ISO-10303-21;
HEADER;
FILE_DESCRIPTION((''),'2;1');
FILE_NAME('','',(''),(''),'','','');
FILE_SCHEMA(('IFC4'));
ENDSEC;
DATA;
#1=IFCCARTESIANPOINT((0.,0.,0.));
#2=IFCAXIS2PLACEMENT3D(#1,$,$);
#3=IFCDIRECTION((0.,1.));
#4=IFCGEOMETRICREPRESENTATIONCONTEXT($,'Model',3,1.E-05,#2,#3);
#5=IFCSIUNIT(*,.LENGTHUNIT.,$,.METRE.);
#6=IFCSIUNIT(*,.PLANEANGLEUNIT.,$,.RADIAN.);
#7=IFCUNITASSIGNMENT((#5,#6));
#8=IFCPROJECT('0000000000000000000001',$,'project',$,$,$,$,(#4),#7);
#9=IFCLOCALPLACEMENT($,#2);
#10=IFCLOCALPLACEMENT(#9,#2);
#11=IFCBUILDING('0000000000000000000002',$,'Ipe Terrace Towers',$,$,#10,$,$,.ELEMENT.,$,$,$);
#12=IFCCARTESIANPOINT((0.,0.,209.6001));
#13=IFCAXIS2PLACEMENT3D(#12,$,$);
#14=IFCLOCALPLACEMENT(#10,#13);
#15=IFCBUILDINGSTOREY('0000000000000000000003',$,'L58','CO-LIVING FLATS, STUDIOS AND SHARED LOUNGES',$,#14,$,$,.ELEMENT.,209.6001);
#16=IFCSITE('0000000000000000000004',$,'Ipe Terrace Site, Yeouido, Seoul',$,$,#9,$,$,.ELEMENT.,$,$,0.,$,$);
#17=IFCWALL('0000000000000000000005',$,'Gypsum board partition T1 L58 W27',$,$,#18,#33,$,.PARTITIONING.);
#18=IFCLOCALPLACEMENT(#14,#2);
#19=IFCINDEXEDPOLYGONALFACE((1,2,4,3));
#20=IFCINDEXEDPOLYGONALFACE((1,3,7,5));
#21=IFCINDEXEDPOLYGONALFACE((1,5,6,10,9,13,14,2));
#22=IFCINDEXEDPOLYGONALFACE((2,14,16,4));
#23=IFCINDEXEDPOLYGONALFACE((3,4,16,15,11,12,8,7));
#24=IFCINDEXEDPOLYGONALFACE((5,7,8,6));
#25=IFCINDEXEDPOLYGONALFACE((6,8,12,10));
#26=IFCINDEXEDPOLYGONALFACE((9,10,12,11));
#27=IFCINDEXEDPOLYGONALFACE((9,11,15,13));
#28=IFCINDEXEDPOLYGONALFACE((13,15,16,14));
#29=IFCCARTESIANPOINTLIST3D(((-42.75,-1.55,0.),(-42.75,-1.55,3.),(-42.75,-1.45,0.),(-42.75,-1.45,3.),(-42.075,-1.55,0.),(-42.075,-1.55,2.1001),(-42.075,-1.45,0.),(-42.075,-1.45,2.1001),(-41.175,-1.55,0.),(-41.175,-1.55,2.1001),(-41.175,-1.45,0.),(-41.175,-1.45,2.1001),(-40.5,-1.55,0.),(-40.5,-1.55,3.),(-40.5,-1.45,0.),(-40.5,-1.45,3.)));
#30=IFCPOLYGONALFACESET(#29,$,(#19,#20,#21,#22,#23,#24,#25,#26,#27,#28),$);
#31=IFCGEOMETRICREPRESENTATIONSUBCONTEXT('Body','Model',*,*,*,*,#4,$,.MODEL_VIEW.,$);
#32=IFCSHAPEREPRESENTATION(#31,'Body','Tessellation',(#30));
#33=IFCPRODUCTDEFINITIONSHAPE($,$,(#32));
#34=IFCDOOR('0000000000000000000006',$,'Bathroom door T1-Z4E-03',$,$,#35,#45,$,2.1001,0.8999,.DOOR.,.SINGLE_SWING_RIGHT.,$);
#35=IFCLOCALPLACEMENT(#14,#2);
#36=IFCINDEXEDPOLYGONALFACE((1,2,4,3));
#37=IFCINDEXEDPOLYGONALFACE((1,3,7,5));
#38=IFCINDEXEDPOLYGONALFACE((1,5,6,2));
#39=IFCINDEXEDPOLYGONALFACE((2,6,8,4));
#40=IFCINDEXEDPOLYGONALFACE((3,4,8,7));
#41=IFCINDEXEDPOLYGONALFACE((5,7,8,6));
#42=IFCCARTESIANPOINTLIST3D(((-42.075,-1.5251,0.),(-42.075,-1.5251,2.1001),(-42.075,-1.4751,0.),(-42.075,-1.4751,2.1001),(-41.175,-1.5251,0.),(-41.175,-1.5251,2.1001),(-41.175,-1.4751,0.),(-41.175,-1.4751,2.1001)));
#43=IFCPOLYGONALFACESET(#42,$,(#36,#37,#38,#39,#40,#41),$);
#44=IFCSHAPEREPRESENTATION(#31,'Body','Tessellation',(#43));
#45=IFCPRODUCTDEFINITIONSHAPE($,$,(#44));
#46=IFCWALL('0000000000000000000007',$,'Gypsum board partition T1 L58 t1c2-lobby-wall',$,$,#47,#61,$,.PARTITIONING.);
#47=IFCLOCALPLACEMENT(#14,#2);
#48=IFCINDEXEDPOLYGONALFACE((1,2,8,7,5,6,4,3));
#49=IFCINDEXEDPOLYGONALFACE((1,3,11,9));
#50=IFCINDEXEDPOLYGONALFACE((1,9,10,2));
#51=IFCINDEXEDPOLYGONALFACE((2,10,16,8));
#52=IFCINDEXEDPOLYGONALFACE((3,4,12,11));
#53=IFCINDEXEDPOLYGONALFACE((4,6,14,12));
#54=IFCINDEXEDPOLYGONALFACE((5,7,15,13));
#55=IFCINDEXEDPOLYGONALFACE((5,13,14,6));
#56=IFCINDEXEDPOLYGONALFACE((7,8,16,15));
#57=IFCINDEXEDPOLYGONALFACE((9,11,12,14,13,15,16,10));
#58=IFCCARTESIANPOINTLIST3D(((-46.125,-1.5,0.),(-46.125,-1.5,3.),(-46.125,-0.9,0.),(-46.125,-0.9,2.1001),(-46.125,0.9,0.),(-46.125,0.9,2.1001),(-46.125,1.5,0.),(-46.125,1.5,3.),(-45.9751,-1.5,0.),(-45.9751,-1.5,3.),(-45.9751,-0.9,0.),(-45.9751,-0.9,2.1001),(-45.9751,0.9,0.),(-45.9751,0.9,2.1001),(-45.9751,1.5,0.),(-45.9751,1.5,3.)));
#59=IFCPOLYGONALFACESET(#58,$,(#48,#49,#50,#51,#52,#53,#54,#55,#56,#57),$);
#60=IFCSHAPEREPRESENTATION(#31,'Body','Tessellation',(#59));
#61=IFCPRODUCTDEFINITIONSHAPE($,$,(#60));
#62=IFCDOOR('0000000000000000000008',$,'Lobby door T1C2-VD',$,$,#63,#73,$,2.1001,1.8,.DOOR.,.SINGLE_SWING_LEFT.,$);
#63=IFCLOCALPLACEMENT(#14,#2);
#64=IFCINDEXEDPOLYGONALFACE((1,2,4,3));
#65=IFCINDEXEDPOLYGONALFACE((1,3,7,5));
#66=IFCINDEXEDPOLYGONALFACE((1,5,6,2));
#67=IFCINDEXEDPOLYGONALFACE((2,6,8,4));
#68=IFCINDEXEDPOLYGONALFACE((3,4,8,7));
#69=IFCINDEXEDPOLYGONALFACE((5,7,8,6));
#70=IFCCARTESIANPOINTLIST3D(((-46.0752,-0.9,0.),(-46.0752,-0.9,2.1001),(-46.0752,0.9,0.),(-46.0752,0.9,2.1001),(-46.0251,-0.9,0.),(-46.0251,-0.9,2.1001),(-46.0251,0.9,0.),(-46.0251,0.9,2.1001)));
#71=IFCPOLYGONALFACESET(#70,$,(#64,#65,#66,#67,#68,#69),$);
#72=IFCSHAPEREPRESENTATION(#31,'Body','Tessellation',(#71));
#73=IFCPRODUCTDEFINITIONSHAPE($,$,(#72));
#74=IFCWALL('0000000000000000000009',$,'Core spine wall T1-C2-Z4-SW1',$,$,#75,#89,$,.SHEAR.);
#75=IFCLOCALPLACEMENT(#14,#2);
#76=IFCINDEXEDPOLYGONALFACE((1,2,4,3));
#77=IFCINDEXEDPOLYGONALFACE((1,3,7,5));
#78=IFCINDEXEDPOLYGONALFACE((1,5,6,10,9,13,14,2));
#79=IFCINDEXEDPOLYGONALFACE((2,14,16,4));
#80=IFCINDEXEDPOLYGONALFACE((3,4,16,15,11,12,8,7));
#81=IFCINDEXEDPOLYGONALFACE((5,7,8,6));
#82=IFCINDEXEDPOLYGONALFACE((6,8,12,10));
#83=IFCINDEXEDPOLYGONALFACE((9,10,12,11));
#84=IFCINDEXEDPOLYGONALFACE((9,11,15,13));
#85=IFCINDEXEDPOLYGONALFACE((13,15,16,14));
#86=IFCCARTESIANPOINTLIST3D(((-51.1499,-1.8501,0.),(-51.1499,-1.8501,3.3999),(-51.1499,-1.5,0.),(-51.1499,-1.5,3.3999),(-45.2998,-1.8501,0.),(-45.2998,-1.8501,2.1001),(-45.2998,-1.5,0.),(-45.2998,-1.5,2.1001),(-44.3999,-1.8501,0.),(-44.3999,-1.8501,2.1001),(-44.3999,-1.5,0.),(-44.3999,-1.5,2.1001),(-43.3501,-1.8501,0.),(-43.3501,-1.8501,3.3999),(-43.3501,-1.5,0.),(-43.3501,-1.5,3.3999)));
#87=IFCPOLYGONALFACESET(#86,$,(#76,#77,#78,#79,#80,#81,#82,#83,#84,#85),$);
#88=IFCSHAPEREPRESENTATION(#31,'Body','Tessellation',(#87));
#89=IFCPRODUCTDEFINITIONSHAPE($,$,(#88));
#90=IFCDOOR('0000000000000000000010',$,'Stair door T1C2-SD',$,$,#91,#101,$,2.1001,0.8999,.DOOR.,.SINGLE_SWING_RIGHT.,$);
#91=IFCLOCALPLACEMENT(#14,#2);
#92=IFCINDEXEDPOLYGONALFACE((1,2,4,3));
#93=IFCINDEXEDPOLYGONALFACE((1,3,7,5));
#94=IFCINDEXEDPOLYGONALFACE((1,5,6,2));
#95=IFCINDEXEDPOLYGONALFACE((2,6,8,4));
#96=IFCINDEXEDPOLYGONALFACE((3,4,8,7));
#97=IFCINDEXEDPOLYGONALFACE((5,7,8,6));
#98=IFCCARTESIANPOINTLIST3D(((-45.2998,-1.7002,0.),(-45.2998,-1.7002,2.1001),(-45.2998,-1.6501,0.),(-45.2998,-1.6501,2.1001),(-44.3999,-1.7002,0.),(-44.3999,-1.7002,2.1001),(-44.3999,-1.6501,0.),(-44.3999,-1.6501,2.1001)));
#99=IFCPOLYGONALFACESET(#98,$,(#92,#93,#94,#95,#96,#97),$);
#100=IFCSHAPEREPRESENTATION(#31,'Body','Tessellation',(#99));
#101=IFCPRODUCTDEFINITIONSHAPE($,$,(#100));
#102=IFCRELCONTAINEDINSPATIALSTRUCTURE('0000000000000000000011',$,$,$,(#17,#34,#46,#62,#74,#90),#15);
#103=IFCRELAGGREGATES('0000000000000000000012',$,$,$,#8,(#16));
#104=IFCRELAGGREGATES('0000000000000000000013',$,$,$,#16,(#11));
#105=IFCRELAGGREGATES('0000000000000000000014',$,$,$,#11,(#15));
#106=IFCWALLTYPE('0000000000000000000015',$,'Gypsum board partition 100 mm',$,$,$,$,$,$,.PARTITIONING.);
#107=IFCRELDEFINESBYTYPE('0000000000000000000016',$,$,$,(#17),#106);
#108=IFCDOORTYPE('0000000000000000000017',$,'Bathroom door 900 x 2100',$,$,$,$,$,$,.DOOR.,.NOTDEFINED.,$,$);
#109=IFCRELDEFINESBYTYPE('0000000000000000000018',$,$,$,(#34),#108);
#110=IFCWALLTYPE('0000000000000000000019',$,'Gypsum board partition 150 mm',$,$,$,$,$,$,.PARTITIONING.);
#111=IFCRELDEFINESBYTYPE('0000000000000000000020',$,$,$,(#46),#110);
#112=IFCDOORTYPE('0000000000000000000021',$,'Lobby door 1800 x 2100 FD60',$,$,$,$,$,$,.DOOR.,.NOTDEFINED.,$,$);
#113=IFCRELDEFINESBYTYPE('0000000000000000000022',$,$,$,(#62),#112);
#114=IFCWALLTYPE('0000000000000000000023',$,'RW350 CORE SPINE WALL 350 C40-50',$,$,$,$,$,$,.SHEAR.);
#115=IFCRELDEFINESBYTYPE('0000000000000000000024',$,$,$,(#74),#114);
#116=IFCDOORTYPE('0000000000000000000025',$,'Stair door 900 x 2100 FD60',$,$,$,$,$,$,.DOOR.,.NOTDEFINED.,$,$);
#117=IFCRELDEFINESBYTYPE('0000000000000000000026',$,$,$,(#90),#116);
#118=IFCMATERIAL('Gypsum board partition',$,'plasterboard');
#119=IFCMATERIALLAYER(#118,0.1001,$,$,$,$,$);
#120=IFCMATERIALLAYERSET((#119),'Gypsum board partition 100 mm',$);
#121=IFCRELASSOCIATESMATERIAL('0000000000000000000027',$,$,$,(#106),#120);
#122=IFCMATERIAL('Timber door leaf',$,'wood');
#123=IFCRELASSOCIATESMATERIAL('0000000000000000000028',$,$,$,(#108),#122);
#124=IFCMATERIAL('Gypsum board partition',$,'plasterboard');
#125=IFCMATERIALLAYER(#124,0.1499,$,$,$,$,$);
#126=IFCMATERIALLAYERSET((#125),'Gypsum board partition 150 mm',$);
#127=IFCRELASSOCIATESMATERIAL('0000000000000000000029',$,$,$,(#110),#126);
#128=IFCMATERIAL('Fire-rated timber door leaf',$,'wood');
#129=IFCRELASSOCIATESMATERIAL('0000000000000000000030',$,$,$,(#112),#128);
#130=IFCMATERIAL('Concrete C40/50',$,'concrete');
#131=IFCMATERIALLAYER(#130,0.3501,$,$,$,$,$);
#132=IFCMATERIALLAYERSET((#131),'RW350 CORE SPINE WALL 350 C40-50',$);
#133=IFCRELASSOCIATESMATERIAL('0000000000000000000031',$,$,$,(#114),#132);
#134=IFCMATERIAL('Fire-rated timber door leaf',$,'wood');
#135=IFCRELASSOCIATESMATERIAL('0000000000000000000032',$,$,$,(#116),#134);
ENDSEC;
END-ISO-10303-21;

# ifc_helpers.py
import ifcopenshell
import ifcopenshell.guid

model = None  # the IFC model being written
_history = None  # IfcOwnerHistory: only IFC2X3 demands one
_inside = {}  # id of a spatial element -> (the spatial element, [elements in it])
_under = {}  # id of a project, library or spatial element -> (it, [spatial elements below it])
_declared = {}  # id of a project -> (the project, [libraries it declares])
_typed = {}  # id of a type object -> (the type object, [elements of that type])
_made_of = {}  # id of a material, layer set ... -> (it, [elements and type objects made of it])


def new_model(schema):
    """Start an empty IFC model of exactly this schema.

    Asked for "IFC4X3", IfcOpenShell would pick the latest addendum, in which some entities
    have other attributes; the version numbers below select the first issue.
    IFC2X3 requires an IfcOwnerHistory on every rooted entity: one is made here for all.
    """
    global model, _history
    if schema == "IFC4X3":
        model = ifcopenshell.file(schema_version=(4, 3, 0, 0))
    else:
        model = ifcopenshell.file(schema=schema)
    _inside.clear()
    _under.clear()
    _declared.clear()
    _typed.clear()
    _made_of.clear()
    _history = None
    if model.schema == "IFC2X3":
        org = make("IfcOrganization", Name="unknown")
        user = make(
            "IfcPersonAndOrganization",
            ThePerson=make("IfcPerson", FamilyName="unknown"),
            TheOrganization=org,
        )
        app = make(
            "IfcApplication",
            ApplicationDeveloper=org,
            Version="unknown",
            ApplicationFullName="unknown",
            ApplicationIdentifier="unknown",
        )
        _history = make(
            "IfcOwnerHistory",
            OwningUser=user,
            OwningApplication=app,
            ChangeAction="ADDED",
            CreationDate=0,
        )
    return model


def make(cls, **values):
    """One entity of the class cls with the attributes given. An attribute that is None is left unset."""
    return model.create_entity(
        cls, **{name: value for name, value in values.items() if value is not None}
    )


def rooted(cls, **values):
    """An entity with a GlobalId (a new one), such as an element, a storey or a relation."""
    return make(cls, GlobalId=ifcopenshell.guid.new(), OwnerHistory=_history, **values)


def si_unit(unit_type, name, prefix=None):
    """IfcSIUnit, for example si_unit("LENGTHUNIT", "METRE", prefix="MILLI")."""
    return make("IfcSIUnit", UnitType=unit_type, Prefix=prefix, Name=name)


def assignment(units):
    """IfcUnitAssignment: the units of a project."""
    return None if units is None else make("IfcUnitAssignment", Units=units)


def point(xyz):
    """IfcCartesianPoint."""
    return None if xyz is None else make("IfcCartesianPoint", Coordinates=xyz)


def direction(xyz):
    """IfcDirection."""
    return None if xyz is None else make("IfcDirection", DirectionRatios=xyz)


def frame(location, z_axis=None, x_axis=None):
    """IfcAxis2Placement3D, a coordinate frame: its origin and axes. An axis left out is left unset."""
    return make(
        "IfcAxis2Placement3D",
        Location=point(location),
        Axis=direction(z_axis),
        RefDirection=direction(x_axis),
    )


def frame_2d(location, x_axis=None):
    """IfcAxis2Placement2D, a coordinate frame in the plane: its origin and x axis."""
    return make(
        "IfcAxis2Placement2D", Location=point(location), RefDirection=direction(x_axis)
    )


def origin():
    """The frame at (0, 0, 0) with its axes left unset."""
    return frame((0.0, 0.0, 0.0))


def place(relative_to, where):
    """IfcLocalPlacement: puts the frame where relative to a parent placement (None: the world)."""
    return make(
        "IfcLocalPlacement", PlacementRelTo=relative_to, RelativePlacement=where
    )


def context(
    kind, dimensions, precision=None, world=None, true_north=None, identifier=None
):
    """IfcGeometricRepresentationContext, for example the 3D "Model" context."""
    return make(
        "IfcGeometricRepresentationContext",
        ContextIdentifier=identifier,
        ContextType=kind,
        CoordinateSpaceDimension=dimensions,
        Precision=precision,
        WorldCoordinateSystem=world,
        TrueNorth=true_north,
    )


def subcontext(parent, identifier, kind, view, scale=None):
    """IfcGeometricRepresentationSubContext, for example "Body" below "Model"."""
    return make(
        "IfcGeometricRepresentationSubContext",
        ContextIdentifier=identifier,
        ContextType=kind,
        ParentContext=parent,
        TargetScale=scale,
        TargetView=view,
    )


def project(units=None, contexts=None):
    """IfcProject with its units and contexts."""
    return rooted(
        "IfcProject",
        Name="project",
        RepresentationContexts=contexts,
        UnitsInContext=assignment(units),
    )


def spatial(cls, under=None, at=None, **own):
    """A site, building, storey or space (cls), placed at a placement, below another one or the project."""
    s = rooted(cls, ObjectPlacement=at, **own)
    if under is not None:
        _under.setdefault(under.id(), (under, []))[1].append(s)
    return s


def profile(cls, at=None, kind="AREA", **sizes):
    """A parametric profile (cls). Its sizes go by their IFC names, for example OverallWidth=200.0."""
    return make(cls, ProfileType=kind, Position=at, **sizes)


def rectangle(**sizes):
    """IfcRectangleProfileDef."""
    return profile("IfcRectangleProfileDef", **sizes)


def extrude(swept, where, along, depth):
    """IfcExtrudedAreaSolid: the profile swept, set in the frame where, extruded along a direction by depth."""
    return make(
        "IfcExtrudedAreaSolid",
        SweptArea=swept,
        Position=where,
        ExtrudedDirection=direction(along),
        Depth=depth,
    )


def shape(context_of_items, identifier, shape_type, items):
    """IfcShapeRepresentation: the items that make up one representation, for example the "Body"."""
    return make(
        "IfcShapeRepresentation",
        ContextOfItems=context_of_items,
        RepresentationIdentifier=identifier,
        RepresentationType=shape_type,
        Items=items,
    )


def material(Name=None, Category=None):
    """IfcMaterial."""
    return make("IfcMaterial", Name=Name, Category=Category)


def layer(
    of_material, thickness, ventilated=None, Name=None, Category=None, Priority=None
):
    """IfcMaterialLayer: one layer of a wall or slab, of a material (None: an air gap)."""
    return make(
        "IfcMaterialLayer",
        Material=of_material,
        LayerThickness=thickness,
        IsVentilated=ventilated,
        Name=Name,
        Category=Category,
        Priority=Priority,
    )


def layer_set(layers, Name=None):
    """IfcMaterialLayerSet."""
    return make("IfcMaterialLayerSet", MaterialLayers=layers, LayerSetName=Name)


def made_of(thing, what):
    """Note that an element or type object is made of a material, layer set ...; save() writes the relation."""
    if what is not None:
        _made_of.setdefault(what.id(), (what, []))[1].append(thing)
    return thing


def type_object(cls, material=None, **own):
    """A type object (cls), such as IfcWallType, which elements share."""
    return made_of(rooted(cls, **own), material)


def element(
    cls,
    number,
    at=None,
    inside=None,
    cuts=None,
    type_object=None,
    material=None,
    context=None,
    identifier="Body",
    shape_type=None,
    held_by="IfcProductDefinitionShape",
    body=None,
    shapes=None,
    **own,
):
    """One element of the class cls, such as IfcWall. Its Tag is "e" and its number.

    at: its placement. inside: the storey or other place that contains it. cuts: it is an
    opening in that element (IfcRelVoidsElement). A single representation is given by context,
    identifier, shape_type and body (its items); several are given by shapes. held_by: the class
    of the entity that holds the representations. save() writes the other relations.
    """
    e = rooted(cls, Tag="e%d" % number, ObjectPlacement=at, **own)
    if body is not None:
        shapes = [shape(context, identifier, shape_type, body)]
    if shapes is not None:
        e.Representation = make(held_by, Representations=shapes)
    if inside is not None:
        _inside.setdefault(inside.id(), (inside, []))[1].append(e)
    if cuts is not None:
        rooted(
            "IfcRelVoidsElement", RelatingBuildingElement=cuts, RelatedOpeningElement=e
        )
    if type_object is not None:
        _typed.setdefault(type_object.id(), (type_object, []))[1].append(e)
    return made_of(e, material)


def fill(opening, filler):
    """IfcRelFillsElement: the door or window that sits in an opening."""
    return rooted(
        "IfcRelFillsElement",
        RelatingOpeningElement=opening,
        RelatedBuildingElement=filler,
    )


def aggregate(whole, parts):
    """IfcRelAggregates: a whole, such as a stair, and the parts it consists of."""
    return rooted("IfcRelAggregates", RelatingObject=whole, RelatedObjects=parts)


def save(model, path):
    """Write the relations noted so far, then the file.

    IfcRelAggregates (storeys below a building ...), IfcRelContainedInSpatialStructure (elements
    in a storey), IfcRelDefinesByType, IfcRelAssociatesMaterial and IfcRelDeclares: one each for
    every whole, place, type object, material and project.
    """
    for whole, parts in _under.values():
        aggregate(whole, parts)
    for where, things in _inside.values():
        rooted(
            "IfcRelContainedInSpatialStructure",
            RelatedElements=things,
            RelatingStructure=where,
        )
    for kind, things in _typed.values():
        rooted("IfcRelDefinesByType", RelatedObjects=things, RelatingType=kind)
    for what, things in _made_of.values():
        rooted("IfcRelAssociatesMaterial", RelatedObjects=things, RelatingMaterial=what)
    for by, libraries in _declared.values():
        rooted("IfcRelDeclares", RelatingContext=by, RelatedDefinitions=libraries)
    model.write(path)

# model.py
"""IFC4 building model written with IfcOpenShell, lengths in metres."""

from ifc_helpers import new_model, si_unit, direction, frame, frame_2d, origin, place, context, subcontext, project, spatial, rectangle, extrude, material, layer, layer_set, type_object, element, fill, save


model = new_model("IFC4")

# Units and contexts
model_context = context("Model", 3, precision=1e-05, world=origin(), true_north=direction((0.0, 1.0)))
body_context = subcontext(model_context, "Body", "Model", "MODEL_VIEW")
ifc_project = project(units=[si_unit("LENGTHUNIT", "METRE"), si_unit("PLANEANGLEUNIT", "RADIAN")], contexts=[model_context])

# Site, building, storey
site_placement = place(None, origin())
site = spatial("IfcSite", under=ifc_project, at=site_placement, Name="Ipe Terrace Site, Yeouido, Seoul", CompositionType="ELEMENT", RefElevation=0.0)
building_placement = place(site_placement, origin())
building = spatial("IfcBuilding", under=site, at=building_placement, Name="Ipe Terrace Towers", CompositionType="ELEMENT")
storey_placement = place(building_placement, frame((0.0, 0.0, 209.6001)))
storey = spatial("IfcBuildingStorey", under=building, at=storey_placement, Name="L58", Description="CO-LIVING FLATS, STUDIOS AND SHARED LOUNGES", CompositionType="ELEMENT", Elevation=209.6001)

# Walls, openings, doors
ifc_material_1 = material(Name="Gypsum board partition", Category="plasterboard")
ifc_layer_1 = layer(ifc_material_1, 0.1001)
ifc_layer_set_1 = layer_set([ifc_layer_1], Name="Gypsum board partition 100 mm")
wall_type_1 = type_object("IfcWallType", Name="Gypsum board partition 100 mm", PredefinedType="PARTITIONING", material=ifc_layer_set_1)
wall_1_placement = place(storey_placement, frame((-42.75, -1.5, 0.0), z_axis=(0.0, 0.0, 1.0), x_axis=(1.0, 0.0, 0.0)))
wall_1 = element("IfcWall", 1, at=wall_1_placement, inside=storey, type_object=wall_type_1, Name="Gypsum board partition T1 L58 W27", PredefinedType="PARTITIONING", context=body_context, shape_type="SweptSolid", body=[
    extrude(rectangle(XDim=2.25, YDim=0.1001, at=frame_2d((1.125, 0.0))), origin(), (0.0, 0.0, 1.0), 3.0),
])
opening_1_placement = place(wall_1_placement, frame((0.675, 0.0, 0.0)))
opening_1 = element("IfcOpeningElement", 2, at=opening_1_placement, cuts=wall_1, PredefinedType="OPENING", context=body_context, shape_type="SweptSolid", body=[
    extrude(rectangle(XDim=0.8999, YDim=2.1001, at=frame_2d((0.45, 1.05))), frame((0.0, 0.0601, 0.0), z_axis=(0.0, -1.0, 0.0), x_axis=(1.0, 0.0, 0.0)), (0.0, 0.0, 1.0), 0.1201),
])
ifc_material_2 = material(Name="Timber door leaf", Category="wood")
door_type_1 = type_object("IfcDoorType", Name="Bathroom door 900 x 2100", OperationType="NOTDEFINED", PredefinedType="DOOR", material=ifc_material_2)
door_1_placement = place(opening_1_placement, origin())
door_1 = element("IfcDoor", 3, at=door_1_placement, inside=storey, type_object=door_type_1, Name="Bathroom door T1-Z4E-03", OperationType="SINGLE_SWING_RIGHT", OverallHeight=2.1001, OverallWidth=0.8999, PredefinedType="DOOR", context=body_context, shape_type="SweptSolid", body=[
    extrude(rectangle(XDim=0.8999, YDim=2.1001, at=frame_2d((0.45, 1.05))), frame((0.0, 0.0249, 0.0), z_axis=(0.0, -1.0, 0.0), x_axis=(1.0, 0.0, 0.0)), (0.0, 0.0, 1.0), 0.05),
])
fill(opening_1, door_1)
ifc_material_3 = material(Name="Gypsum board partition", Category="plasterboard")
ifc_layer_2 = layer(ifc_material_3, 0.1499)
ifc_layer_set_2 = layer_set([ifc_layer_2], Name="Gypsum board partition 150 mm")
wall_type_2 = type_object("IfcWallType", Name="Gypsum board partition 150 mm", PredefinedType="PARTITIONING", material=ifc_layer_set_2)
wall_2_placement = place(storey_placement, frame((-46.05, 1.5, 0.0), z_axis=(0.0, 0.0, 1.0), x_axis=(0.0, -1.0, 0.0)))
wall_2 = element("IfcWall", 4, at=wall_2_placement, inside=storey, type_object=wall_type_2, Name="Gypsum board partition T1 L58 t1c2-lobby-wall", PredefinedType="PARTITIONING", context=body_context, shape_type="SweptSolid", body=[
    extrude(rectangle(XDim=3.0, YDim=0.1499, at=frame_2d((1.5, 0.0))), origin(), (0.0, 0.0, 1.0), 3.0),
])
opening_2_placement = place(wall_2_placement, frame((0.6001, 0.0, 0.0)))
opening_2 = element("IfcOpeningElement", 5, at=opening_2_placement, cuts=wall_2, PredefinedType="OPENING", context=body_context, shape_type="SweptSolid", body=[
    extrude(rectangle(XDim=1.8, YDim=2.1001, at=frame_2d((0.8999, 1.05))), frame((0.0, 0.085, 0.0), z_axis=(0.0, -1.0, 0.0), x_axis=(1.0, 0.0, 0.0)), (0.0, 0.0, 1.0), 0.1699),
])
ifc_material_4 = material(Name="Fire-rated timber door leaf", Category="wood")
door_type_2 = type_object("IfcDoorType", Name="Lobby door 1800 x 2100 FD60", OperationType="NOTDEFINED", PredefinedType="DOOR", material=ifc_material_4)
door_2_placement = place(opening_2_placement, origin())
door_2 = element("IfcDoor", 6, at=door_2_placement, inside=storey, type_object=door_type_2, Name="Lobby door T1C2-VD", OperationType="SINGLE_SWING_LEFT", OverallHeight=2.1001, OverallWidth=1.8, PredefinedType="DOOR", context=body_context, shape_type="SweptSolid", body=[
    extrude(rectangle(XDim=1.8, YDim=2.1001, at=frame_2d((0.8999, 1.05))), frame((0.0, 0.0249, 0.0), z_axis=(0.0, -1.0, 0.0), x_axis=(1.0, 0.0, 0.0)), (0.0, 0.0, 1.0), 0.05),
])
fill(opening_2, door_2)
ifc_material_5 = material(Name="Concrete C40/50", Category="concrete")
ifc_layer_3 = layer(ifc_material_5, 0.3501)
ifc_layer_set_3 = layer_set([ifc_layer_3], Name="RW350 CORE SPINE WALL 350 C40-50")
wall_type_3 = type_object("IfcWallType", Name="RW350 CORE SPINE WALL 350 C40-50", PredefinedType="SHEAR", material=ifc_layer_set_3)
wall_3_placement = place(storey_placement, frame((-51.1499, -1.675, 0.0), z_axis=(0.0, 0.0, 1.0), x_axis=(1.0, 0.0, 0.0)))
wall_3 = element("IfcWall", 7, at=wall_3_placement, inside=storey, type_object=wall_type_3, Name="Core spine wall T1-C2-Z4-SW1", PredefinedType="SHEAR", context=body_context, shape_type="SweptSolid", body=[
    extrude(rectangle(XDim=7.7998, YDim=0.3501, at=frame_2d((3.8999, 0.0))), origin(), (0.0, 0.0, 1.0), 3.3999),
])
opening_3_placement = place(wall_3_placement, frame((5.8501, 0.0, 0.0)))
opening_3 = element("IfcOpeningElement", 8, at=opening_3_placement, cuts=wall_3, PredefinedType="OPENING", context=body_context, shape_type="SweptSolid", body=[
    extrude(rectangle(XDim=0.8999, YDim=2.1001, at=frame_2d((0.45, 1.05))), frame((0.0, 0.1851, 0.0), z_axis=(0.0, -1.0, 0.0), x_axis=(1.0, 0.0, 0.0)), (0.0, 0.0, 1.0), 0.3701),
])
ifc_material_6 = material(Name="Fire-rated timber door leaf", Category="wood")
door_type_3 = type_object("IfcDoorType", Name="Stair door 900 x 2100 FD60", OperationType="NOTDEFINED", PredefinedType="DOOR", material=ifc_material_6)
door_3_placement = place(opening_3_placement, origin())
door_3 = element("IfcDoor", 9, at=door_3_placement, inside=storey, type_object=door_type_3, Name="Stair door T1C2-SD", OperationType="SINGLE_SWING_RIGHT", OverallHeight=2.1001, OverallWidth=0.8999, PredefinedType="DOOR", context=body_context, shape_type="SweptSolid", body=[
    extrude(rectangle(XDim=0.8999, YDim=2.1001, at=frame_2d((0.45, 1.05))), frame((0.0, 0.0249, 0.0), z_axis=(0.0, -1.0, 0.0), x_axis=(1.0, 0.0, 0.0)), (0.0, 0.0, 1.0), 0.05),
])
fill(opening_3, door_3)

save(model, "model.ifc")
